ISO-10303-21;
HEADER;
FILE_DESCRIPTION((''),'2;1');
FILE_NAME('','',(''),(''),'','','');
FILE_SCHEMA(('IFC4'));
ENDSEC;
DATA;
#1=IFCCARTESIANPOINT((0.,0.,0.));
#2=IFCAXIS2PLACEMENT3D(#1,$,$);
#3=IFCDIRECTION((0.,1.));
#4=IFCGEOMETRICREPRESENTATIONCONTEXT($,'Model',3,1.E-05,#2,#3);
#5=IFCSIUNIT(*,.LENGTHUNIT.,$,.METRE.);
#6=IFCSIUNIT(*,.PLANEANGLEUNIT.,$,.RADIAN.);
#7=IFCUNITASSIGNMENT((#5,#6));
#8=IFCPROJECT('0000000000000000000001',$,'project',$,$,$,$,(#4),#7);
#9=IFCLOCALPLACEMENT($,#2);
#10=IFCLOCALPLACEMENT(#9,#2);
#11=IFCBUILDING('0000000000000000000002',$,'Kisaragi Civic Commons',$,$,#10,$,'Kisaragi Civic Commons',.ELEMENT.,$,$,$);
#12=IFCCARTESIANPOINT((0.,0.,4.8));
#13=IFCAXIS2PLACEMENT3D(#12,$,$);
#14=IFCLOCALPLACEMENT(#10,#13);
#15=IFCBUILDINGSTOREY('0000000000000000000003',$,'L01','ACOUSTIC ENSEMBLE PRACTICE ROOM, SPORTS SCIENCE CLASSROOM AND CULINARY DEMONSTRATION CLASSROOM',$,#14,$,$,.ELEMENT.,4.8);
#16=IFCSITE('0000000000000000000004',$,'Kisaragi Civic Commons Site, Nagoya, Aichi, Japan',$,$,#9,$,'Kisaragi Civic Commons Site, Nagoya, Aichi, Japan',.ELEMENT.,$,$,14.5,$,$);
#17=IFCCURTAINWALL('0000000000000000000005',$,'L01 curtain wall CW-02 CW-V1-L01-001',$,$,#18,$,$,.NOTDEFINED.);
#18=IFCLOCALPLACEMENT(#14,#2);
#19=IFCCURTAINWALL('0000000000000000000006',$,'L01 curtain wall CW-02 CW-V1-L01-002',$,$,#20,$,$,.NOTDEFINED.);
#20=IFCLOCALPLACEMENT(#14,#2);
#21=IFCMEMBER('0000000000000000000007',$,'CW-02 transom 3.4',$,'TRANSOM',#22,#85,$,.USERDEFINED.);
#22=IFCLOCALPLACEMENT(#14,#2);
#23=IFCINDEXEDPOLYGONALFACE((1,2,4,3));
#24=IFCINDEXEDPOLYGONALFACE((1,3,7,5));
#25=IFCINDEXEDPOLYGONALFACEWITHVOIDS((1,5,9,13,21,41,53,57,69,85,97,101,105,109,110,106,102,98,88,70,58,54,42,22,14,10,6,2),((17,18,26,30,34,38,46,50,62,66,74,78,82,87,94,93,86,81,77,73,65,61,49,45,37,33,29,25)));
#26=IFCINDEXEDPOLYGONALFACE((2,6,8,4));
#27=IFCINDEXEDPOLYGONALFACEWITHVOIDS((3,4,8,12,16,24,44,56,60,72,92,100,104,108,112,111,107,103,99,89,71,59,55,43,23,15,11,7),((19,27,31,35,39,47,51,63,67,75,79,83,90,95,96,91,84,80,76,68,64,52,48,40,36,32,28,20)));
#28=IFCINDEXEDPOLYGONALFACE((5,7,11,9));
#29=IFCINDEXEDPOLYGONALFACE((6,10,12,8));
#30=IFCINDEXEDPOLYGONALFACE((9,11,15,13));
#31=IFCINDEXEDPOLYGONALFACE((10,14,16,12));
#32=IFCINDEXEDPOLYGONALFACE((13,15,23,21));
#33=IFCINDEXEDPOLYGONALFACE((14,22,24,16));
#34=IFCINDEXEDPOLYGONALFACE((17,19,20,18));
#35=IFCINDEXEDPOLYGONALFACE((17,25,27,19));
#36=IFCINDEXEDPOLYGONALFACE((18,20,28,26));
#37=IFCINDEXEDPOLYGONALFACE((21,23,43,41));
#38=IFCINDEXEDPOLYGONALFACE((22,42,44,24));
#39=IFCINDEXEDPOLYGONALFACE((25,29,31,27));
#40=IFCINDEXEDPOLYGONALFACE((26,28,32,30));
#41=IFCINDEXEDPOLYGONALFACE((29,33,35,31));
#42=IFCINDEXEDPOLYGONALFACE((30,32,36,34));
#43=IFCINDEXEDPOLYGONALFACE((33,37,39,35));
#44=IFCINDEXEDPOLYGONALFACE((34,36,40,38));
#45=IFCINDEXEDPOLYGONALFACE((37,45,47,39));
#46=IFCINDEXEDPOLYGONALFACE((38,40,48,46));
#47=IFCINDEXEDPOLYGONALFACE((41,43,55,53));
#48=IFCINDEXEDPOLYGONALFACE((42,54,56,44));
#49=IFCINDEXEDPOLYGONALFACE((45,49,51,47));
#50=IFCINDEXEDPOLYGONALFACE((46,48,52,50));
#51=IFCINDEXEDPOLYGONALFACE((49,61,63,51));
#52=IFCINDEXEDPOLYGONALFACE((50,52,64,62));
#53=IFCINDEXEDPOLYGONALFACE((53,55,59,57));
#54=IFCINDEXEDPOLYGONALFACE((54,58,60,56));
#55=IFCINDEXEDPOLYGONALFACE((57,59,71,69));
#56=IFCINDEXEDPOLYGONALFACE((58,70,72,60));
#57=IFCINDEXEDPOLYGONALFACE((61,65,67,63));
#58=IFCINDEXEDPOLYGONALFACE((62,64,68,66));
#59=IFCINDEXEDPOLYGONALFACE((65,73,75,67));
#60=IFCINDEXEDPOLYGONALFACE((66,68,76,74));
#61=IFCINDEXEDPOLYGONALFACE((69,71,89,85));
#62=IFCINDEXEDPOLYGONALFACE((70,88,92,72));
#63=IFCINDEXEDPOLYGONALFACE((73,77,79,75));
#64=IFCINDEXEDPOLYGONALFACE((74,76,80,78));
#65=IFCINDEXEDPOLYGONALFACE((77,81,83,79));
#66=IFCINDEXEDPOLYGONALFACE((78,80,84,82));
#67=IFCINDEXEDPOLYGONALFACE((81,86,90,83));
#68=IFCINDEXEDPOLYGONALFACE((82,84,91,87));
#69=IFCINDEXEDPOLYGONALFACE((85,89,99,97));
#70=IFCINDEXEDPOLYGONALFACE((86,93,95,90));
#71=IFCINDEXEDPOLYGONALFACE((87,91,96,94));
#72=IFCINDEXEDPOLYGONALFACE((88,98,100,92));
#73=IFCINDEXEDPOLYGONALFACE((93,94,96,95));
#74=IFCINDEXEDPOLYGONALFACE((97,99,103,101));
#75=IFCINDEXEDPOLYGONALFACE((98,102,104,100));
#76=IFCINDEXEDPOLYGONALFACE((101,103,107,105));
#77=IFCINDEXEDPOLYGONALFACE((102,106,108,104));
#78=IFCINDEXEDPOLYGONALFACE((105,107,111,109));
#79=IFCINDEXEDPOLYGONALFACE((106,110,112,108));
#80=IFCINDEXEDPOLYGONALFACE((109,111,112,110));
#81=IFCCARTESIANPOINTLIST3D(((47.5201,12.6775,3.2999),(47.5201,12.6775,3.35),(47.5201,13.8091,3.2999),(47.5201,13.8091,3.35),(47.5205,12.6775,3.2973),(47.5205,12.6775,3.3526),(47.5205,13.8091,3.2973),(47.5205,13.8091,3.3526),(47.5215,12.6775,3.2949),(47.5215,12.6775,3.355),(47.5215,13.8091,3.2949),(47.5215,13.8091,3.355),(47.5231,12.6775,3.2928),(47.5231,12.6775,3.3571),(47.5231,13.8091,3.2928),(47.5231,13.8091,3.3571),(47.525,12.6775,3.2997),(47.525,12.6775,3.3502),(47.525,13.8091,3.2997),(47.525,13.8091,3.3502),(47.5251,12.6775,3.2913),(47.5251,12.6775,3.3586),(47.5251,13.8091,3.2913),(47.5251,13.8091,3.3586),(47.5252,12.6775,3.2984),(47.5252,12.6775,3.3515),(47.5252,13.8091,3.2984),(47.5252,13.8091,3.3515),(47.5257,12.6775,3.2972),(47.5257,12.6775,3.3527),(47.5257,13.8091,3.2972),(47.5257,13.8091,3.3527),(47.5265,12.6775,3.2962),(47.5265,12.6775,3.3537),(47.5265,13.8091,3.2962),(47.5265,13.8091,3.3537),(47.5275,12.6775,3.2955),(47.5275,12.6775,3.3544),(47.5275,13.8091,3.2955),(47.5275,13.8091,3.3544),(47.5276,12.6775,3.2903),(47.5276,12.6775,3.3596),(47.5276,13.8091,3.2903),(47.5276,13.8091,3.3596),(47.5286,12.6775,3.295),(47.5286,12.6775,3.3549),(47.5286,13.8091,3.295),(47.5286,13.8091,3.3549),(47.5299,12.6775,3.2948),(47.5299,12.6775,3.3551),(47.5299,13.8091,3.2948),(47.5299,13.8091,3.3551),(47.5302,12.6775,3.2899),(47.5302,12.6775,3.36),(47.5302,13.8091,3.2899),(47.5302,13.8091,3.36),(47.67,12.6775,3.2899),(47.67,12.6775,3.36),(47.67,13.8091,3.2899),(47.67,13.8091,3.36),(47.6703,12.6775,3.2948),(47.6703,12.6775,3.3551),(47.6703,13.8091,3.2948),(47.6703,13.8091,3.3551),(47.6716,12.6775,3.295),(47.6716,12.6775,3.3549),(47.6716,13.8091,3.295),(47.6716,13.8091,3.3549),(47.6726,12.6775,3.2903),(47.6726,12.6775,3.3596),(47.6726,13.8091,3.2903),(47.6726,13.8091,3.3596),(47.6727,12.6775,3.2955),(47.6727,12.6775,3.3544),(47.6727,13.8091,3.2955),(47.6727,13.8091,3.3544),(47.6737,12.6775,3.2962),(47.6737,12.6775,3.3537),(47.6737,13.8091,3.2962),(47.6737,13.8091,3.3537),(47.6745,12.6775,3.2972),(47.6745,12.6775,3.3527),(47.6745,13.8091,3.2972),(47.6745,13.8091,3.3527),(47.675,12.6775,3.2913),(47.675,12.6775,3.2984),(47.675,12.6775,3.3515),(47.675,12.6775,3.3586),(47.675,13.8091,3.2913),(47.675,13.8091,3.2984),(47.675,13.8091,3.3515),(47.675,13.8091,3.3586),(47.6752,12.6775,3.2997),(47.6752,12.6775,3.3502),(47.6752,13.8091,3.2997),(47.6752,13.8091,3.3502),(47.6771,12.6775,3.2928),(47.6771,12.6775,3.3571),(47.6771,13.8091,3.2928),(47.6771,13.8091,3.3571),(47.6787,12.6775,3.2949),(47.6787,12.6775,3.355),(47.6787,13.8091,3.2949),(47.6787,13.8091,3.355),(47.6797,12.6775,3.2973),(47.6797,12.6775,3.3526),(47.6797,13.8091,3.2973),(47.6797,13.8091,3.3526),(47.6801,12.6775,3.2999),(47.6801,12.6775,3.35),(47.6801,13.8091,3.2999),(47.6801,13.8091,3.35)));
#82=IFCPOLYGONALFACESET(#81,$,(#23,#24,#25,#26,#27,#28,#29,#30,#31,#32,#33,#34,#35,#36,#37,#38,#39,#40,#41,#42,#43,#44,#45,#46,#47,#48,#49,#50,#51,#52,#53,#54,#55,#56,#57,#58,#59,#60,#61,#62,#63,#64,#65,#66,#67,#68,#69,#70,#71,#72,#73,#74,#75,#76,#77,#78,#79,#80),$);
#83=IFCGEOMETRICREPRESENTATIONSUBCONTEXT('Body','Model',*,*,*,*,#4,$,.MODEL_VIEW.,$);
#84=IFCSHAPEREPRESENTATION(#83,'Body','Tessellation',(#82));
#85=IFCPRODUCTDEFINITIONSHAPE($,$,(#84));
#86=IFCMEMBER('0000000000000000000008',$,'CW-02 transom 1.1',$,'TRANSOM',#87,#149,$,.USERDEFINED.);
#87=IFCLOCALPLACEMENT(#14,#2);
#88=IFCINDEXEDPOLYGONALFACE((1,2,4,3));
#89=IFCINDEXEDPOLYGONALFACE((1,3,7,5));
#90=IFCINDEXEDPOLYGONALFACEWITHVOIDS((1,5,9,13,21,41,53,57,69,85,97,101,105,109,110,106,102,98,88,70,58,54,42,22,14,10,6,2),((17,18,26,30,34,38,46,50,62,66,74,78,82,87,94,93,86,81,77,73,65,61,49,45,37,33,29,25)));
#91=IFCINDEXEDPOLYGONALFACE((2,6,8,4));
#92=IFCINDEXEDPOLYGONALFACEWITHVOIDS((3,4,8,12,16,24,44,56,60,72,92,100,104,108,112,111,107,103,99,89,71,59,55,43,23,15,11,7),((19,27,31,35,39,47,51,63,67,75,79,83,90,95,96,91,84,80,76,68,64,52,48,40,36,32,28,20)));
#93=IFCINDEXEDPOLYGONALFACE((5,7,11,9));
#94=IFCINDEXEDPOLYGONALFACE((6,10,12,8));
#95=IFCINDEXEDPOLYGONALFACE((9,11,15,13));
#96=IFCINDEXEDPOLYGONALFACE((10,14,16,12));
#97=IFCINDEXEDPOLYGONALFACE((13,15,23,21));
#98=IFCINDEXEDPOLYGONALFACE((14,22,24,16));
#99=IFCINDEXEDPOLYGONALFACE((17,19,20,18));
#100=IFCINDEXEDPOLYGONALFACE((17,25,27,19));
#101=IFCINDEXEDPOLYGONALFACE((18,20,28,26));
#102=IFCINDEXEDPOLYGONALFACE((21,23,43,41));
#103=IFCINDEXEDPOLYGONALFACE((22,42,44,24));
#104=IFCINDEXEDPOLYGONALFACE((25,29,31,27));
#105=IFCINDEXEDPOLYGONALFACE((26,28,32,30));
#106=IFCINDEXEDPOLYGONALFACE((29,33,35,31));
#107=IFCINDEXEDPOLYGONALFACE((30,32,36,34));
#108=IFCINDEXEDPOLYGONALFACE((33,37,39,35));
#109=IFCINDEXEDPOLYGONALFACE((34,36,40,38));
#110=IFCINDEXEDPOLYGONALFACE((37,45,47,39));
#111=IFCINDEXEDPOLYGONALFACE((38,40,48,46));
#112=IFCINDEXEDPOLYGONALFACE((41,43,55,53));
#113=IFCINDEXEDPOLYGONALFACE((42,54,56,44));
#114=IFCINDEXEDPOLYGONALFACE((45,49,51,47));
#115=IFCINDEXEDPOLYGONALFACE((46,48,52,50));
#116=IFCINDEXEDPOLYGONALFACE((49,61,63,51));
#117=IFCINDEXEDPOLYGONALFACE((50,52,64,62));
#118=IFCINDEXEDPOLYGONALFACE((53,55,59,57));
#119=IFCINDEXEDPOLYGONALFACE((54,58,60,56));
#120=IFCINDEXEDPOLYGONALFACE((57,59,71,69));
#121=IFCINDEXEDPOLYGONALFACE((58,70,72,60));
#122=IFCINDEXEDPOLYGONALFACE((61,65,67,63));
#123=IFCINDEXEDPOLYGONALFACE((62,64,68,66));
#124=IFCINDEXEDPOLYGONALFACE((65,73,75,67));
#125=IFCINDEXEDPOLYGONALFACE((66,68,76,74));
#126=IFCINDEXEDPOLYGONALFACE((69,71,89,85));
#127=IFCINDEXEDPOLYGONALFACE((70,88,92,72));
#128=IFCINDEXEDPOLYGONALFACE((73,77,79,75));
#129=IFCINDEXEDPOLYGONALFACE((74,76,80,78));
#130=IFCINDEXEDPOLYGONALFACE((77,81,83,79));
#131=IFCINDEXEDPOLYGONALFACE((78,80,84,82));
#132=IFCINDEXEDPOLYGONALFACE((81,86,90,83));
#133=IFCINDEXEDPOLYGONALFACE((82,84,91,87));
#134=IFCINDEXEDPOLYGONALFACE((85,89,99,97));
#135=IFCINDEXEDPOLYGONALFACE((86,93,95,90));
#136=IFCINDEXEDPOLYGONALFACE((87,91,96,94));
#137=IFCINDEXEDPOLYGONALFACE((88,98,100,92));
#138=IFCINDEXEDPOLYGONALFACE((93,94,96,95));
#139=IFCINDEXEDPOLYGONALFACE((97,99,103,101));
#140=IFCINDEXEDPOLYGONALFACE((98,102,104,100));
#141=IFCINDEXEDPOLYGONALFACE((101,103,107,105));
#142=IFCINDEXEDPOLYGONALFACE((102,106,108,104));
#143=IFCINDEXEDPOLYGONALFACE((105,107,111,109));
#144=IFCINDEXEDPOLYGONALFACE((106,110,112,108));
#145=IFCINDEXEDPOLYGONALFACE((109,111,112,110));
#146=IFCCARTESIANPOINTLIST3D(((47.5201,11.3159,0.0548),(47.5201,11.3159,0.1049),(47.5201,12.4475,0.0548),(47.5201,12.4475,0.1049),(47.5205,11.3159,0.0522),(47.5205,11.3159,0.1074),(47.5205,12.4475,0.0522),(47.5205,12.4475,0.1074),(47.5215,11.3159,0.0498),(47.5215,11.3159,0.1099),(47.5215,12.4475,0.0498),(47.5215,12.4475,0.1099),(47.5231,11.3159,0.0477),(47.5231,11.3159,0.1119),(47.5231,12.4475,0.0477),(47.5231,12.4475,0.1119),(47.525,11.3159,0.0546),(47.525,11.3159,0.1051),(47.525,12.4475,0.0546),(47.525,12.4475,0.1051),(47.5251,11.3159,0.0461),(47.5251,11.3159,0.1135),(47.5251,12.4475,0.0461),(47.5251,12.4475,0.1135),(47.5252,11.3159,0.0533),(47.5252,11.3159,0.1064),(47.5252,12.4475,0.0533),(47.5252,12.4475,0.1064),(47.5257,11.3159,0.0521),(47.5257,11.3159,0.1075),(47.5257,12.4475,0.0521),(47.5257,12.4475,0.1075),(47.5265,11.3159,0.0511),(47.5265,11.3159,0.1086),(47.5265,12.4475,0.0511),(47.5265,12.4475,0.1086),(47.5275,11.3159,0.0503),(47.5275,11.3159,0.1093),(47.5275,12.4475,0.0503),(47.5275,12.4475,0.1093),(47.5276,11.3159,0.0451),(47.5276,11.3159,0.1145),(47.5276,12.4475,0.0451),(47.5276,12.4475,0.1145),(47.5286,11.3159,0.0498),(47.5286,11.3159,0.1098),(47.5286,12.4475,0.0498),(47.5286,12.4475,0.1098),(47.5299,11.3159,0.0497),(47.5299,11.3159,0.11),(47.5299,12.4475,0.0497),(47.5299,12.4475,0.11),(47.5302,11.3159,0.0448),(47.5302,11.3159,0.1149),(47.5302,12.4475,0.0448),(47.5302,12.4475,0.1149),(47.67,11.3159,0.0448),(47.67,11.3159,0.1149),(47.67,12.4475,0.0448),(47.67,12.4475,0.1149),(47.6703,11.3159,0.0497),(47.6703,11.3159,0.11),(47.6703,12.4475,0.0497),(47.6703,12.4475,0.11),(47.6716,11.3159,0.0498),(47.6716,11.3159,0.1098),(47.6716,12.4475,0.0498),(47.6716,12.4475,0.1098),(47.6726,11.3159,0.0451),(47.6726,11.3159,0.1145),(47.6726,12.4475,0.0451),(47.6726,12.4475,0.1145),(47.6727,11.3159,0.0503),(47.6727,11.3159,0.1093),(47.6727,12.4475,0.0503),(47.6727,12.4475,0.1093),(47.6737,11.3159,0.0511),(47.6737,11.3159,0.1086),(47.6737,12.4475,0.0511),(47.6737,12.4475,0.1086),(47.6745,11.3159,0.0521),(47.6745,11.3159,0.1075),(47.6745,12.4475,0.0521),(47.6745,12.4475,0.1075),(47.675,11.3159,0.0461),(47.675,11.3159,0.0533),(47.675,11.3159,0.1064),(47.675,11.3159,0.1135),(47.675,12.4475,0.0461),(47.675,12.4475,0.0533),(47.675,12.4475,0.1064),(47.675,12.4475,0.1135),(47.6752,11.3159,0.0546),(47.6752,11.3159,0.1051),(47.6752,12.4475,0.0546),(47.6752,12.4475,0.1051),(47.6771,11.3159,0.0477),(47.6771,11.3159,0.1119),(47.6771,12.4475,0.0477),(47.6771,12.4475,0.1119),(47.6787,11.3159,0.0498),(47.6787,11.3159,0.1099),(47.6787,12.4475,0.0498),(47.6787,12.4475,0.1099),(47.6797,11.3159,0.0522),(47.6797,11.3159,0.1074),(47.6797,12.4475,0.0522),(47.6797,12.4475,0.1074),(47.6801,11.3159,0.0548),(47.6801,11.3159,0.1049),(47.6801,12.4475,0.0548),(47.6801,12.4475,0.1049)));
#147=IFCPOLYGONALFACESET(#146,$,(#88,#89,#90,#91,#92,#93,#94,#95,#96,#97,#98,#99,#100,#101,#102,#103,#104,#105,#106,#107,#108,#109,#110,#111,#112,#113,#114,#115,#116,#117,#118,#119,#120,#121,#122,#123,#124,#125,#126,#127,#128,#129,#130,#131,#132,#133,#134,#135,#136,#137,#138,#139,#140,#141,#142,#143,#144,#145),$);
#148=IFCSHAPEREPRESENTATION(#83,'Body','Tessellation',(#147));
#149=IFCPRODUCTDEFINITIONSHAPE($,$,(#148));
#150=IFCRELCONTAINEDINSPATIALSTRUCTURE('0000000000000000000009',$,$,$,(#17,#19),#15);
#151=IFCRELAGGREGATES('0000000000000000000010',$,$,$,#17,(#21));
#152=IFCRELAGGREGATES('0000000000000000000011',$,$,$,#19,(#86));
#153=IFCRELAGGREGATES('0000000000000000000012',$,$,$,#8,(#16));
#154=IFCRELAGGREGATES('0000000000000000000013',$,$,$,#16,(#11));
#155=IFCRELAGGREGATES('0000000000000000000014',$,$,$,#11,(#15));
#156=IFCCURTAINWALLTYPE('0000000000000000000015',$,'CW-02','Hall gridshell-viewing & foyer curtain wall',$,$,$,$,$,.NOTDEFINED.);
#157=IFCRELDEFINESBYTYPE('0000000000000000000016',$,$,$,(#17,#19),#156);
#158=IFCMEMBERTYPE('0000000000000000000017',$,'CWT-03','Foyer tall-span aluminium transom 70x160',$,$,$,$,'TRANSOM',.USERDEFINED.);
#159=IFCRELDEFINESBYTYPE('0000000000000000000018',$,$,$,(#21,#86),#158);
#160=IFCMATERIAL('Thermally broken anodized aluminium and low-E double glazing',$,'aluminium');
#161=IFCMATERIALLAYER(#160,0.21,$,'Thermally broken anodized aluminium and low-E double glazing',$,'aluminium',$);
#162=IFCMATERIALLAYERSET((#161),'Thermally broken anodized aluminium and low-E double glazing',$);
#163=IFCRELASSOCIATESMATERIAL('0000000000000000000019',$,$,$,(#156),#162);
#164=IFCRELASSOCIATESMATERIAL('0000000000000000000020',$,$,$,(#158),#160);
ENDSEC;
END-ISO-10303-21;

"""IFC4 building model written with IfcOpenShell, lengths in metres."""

from ifc_helpers import new_model, si_unit, direction, frame, origin, origin_2d, place, context, subcontext, project, spatial, hollow_rectangle, extrude, material, layer, layer_set, material_profile, profile_set, type_object, element, aggregate, save


model = new_model("IFC4")

# Units and contexts
model_context = context("Model", 3, precision=1e-05, world=origin(), true_north=direction((0.0, 1.0)))
body_context = subcontext(model_context, "Body", "Model", "MODEL_VIEW")
ifc_project = project(units=[si_unit("LENGTHUNIT", "METRE"), si_unit("PLANEANGLEUNIT", "RADIAN")], contexts=[model_context])

# Site, building, storey
site_placement = place(None, origin())
site = spatial("IfcSite", under=ifc_project, at=site_placement, Name="Kisaragi Civic Commons Site, Nagoya, Aichi, Japan", LongName="Kisaragi Civic Commons Site, Nagoya, Aichi, Japan", CompositionType="ELEMENT", RefElevation=14.5)
building_placement = place(site_placement, origin())
building = spatial("IfcBuilding", under=site, at=building_placement, Name="Kisaragi Civic Commons", LongName="Kisaragi Civic Commons", CompositionType="ELEMENT")
storey_placement = place(building_placement, frame((0.0, 0.0, 4.8)))
storey = spatial("IfcBuildingStorey", under=building, at=storey_placement, Name="L01", Description="ACOUSTIC ENSEMBLE PRACTICE ROOM, SPORTS SCIENCE CLASSROOM AND CULINARY DEMONSTRATION CLASSROOM", CompositionType="ELEMENT", Elevation=4.8)

# Curtain wall
ifc_material_1 = material(Name="Thermally broken anodized aluminium and low-E double glazing", Category="aluminium")
ifc_layer_1 = layer(ifc_material_1, 0.21, Name="Thermally broken anodized aluminium and low-E double glazing", Category="aluminium")
ifc_layer_set_1 = layer_set([ifc_layer_1], Name="Thermally broken anodized aluminium and low-E double glazing")
curtain_wall_type = type_object("IfcCurtainWallType", Name="CW-02", Description="Hall gridshell-viewing & foyer curtain wall", PredefinedType="NOTDEFINED", material=ifc_layer_set_1)
curtain_wall_1_placement = place(storey_placement, origin())
curtain_wall_1 = element("IfcCurtainWall", 1, at=curtain_wall_1_placement, inside=storey, type_object=curtain_wall_type, Name="L01 curtain wall CW-02 CW-V1-L01-001", PredefinedType="NOTDEFINED")

# Curtain wall
curtain_wall_2_placement = place(storey_placement, origin())
curtain_wall_2 = element("IfcCurtainWall", 2, at=curtain_wall_2_placement, inside=storey, type_object=curtain_wall_type, Name="L01 curtain wall CW-02 CW-V1-L01-002", PredefinedType="NOTDEFINED")

# Members
ifc_material_profile_1 = material_profile(ifc_material_1, hollow_rectangle(XDim=0.1599, YDim=0.0701, WallThickness=0.0049, InnerFilletRadius=0.0049, OuterFilletRadius=0.01, at=origin_2d()), Name="CWT-70x160x5", Category="aluminium")
ifc_profile_set_1 = profile_set([ifc_material_profile_1], Name="Thermally broken anodized aluminium and low-E double glazing")
member_type_1 = type_object("IfcMemberType", Name="CWT-03", Description="Foyer tall-span aluminium transom 70x160", ElementType="TRANSOM", PredefinedType="USERDEFINED", material=ifc_profile_set_1)
member_1_placement = place(storey_placement, frame((47.6001, 13.8091, 3.325), z_axis=(0.0, -1.0, 0.0), x_axis=(1.0, 0.0, 0.0)))
member_1 = element("IfcMember", 3, at=member_1_placement, type_object=member_type_1, Name="CW-02 transom 3.4", ObjectType="TRANSOM", PredefinedType="USERDEFINED", context=body_context, shape_type="SweptSolid", body=[
    extrude(hollow_rectangle(XDim=0.1599, YDim=0.0701, WallThickness=0.0049, InnerFilletRadius=0.0049, OuterFilletRadius=0.01, at=origin_2d()), origin(), (0.0, 0.0, 1.0), 1.1316),
])
member_2_placement = place(storey_placement, frame((47.6001, 12.4475, 0.0798), z_axis=(0.0, -1.0, 0.0), x_axis=(1.0, 0.0, 0.0)))
member_2 = element("IfcMember", 4, at=member_2_placement, type_object=member_type_1, Name="CW-02 transom 1.1", ObjectType="TRANSOM", PredefinedType="USERDEFINED", context=body_context, shape_type="SweptSolid", body=[
    extrude(hollow_rectangle(XDim=0.1599, YDim=0.0701, WallThickness=0.0049, InnerFilletRadius=0.0049, OuterFilletRadius=0.01, at=origin_2d()), origin(), (0.0, 0.0, 1.0), 1.1316),
])

aggregate(curtain_wall_1, [member_1])
aggregate(curtain_wall_2, [member_2])

save(model, "model.ifc")
